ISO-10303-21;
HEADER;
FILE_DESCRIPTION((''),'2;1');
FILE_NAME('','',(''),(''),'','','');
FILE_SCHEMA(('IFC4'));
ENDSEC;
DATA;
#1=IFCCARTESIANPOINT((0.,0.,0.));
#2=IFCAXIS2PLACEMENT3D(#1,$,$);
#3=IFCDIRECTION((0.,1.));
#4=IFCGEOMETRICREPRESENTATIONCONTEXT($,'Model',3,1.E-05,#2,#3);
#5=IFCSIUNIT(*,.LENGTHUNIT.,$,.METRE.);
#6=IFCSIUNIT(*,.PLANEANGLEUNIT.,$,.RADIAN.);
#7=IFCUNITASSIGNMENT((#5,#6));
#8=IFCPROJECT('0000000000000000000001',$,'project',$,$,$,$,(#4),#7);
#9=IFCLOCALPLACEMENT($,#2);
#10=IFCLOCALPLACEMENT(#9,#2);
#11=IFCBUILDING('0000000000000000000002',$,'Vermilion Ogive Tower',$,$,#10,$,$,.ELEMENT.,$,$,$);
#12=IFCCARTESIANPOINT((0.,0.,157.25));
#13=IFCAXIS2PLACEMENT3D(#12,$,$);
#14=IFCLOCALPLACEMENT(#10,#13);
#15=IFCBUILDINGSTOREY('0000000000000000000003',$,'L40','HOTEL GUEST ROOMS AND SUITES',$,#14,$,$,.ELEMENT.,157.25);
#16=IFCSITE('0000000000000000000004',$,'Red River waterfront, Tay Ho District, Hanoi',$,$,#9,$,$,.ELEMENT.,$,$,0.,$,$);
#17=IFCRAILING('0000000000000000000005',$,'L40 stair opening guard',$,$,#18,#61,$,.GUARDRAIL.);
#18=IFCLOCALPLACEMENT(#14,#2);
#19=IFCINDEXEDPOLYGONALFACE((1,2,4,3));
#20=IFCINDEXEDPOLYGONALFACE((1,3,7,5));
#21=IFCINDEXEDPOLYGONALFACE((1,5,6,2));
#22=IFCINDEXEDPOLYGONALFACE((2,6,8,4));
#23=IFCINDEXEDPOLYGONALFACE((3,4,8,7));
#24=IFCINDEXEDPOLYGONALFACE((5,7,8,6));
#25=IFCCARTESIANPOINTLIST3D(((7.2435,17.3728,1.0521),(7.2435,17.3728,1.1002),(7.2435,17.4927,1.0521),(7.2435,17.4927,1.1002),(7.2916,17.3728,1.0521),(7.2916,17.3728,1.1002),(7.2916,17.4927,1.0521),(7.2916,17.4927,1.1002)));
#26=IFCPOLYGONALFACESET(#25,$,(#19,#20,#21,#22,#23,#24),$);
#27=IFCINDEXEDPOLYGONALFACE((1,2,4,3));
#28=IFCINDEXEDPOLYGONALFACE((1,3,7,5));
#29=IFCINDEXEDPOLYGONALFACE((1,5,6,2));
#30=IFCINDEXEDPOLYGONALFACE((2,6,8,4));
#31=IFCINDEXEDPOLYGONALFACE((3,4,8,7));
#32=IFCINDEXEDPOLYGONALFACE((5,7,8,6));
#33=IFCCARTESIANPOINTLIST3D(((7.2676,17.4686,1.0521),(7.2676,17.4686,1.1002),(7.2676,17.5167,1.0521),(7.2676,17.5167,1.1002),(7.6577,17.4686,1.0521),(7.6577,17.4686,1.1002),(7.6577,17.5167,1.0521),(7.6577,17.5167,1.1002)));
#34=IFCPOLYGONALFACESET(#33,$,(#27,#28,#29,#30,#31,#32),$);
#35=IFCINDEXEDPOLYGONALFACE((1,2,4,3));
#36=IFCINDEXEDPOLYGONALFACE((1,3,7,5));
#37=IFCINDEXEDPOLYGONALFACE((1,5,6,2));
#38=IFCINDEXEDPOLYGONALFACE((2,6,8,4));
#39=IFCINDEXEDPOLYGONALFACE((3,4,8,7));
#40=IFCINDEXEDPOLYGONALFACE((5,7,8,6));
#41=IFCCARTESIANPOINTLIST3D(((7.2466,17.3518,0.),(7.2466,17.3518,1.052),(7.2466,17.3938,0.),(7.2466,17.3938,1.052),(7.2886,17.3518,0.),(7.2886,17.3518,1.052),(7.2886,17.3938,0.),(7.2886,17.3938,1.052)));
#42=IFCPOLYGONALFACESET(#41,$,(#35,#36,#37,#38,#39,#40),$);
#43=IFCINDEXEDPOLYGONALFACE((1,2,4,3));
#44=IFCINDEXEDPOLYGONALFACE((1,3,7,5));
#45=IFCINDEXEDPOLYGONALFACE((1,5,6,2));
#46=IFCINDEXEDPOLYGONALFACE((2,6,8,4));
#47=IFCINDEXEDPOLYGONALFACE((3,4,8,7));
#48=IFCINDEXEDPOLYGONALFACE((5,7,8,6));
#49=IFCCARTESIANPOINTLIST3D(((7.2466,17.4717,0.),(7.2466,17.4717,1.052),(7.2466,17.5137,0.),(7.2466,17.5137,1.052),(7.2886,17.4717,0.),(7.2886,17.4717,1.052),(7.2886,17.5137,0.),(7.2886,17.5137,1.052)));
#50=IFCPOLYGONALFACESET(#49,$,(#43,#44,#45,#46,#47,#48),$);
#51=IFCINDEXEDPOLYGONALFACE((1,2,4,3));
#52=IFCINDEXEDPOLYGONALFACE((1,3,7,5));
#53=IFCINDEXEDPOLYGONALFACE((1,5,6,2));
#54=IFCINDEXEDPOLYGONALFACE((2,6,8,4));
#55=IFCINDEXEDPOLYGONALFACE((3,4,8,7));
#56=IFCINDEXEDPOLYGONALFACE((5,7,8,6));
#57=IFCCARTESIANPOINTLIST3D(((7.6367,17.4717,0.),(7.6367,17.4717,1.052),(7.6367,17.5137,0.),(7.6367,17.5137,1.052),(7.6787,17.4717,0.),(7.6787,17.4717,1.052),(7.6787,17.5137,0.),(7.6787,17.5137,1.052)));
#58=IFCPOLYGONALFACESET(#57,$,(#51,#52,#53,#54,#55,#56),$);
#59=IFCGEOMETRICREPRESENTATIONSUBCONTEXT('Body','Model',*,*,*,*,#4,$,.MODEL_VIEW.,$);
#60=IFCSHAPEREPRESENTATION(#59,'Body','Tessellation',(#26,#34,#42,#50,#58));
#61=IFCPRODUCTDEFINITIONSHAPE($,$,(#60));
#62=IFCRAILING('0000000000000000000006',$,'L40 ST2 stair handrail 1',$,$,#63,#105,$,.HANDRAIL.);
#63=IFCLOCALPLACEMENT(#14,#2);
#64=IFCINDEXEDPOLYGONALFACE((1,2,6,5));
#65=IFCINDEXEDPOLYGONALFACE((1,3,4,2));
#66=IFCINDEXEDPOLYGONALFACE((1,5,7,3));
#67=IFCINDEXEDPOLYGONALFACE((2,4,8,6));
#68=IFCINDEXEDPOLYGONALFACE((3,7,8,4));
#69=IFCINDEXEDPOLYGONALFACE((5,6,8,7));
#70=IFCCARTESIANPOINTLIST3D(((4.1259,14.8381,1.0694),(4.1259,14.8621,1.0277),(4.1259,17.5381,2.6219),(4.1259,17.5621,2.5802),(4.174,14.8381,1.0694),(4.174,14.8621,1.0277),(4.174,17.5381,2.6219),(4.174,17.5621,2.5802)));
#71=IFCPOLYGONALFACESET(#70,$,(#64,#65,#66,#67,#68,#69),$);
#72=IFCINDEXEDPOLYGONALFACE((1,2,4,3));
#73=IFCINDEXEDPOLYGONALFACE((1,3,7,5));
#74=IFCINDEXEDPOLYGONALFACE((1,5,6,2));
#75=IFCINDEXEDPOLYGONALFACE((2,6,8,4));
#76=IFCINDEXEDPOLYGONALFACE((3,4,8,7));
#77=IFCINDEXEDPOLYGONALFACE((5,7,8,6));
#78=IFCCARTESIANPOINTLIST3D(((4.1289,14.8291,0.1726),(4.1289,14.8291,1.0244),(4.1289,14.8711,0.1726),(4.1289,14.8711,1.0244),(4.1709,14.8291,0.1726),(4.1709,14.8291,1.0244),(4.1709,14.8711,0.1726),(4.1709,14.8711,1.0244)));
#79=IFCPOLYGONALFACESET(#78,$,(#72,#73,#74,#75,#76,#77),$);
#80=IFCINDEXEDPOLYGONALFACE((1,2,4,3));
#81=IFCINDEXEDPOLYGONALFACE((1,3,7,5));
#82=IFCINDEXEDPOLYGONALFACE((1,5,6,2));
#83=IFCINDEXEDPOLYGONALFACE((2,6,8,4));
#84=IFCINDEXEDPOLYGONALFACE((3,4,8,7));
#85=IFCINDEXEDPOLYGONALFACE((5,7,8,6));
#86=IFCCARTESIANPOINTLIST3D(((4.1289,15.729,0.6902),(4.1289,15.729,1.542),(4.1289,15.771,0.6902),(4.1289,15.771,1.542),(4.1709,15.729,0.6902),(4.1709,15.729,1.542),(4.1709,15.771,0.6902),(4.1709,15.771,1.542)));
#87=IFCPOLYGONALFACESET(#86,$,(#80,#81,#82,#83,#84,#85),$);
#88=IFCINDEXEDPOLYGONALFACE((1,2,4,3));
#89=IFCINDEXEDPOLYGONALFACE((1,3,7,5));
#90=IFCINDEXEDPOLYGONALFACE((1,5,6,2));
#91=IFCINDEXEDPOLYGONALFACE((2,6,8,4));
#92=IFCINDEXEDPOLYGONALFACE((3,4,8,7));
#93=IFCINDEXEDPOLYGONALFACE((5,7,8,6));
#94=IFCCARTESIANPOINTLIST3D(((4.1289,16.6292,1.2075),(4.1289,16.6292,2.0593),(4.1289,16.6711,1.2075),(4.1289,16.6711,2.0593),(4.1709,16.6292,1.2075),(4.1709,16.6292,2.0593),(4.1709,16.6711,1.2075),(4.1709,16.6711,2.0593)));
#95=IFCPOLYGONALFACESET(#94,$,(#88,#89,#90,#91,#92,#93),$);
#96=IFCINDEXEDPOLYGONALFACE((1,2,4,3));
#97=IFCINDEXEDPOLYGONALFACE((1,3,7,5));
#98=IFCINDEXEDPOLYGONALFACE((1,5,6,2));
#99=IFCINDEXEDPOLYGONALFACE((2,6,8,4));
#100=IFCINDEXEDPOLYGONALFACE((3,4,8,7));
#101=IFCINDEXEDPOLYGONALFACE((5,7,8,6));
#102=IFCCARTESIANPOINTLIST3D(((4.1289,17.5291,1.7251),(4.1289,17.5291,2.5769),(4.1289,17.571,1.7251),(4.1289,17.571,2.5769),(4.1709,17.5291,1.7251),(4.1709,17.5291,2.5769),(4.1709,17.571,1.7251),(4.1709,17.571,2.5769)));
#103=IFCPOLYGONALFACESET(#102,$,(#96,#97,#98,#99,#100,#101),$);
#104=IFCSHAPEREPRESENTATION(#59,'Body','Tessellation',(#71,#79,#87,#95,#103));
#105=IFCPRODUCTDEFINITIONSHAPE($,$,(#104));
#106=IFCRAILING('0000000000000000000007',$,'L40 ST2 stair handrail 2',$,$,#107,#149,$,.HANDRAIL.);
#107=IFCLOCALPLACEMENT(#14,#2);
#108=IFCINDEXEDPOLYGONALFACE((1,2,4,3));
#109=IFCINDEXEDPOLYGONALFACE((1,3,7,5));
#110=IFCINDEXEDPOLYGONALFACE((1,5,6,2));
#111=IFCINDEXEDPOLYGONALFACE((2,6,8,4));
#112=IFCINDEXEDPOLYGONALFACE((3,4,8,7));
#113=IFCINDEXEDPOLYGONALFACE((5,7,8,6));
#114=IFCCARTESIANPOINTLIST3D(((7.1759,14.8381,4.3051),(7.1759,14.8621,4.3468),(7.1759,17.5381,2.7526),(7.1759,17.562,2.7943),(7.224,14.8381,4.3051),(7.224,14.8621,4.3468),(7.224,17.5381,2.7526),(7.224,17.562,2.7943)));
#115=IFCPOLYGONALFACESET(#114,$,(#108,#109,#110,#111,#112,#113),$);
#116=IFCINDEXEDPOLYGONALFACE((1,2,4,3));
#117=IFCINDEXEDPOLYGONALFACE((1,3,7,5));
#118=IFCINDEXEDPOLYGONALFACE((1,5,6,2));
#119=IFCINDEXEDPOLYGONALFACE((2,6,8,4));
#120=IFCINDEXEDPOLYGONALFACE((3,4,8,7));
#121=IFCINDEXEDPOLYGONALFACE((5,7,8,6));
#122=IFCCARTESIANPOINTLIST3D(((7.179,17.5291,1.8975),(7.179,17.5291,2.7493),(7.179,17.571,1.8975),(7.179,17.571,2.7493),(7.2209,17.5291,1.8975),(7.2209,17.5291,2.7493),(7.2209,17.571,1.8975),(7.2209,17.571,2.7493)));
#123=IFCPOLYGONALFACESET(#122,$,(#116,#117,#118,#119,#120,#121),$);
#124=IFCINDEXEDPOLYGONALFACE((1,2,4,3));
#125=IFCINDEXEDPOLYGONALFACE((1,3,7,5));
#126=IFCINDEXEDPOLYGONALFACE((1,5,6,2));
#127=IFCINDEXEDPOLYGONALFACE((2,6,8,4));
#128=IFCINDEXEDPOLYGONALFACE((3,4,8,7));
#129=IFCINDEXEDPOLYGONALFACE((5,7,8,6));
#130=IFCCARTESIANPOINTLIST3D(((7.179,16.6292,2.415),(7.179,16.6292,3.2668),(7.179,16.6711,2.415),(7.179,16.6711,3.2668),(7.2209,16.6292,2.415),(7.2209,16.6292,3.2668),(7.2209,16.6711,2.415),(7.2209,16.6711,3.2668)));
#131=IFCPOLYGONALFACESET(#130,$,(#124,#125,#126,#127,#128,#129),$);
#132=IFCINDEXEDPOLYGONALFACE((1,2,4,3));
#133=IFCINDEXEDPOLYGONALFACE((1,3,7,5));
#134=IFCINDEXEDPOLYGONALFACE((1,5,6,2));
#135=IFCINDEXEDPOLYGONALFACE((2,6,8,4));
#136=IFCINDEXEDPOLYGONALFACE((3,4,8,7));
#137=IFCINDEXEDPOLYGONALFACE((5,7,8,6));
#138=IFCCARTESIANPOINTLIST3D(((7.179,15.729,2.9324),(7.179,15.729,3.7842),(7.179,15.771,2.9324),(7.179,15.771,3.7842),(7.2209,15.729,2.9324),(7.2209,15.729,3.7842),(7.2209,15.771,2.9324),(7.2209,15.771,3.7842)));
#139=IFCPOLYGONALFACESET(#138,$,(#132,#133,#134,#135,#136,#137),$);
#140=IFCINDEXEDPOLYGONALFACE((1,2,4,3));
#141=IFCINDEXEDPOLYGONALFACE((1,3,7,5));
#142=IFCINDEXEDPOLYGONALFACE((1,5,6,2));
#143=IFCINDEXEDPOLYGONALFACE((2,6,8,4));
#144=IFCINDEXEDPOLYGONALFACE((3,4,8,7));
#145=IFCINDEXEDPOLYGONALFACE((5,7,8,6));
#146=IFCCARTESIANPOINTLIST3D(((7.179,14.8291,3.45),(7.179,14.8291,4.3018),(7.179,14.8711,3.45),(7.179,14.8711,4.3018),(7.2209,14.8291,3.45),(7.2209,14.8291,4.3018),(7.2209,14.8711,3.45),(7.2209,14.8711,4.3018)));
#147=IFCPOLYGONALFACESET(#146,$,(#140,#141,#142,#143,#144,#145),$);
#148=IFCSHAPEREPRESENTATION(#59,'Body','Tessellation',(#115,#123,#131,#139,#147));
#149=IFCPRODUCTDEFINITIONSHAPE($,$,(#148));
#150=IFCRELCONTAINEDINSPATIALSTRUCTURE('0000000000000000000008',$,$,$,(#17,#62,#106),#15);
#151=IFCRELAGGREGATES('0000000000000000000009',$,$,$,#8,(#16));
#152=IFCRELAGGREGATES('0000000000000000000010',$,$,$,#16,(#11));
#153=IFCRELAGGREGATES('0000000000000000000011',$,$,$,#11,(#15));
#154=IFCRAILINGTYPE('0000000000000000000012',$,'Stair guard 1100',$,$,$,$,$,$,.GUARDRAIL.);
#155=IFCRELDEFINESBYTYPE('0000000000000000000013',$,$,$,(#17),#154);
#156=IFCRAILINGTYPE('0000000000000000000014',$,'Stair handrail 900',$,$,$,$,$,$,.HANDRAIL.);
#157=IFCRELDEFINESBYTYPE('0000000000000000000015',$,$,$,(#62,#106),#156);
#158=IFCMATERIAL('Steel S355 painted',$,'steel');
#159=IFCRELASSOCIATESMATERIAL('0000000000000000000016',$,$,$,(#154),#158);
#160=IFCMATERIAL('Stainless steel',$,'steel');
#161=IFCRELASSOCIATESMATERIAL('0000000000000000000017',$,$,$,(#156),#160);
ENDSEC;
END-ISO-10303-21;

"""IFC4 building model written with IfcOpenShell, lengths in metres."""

from ifc_helpers import new_model, si_unit, direction, frame, origin, origin_2d, place, context, subcontext, project, spatial, rectangle, extrude, material, type_object, element, save


model = new_model("IFC4")

# Units and contexts
model_context = context("Model", 3, precision=1e-05, world=origin(), true_north=direction((0.0, 1.0)))
body_context = subcontext(model_context, "Body", "Model", "MODEL_VIEW")
ifc_project = project(units=[si_unit("LENGTHUNIT", "METRE"), si_unit("PLANEANGLEUNIT", "RADIAN")], contexts=[model_context])

# Site, building, storey
site_placement = place(None, origin())
site = spatial("IfcSite", under=ifc_project, at=site_placement, Name="Red River waterfront, Tay Ho District, Hanoi", CompositionType="ELEMENT", RefElevation=0.0)
building_placement = place(site_placement, origin())
building = spatial("IfcBuilding", under=site, at=building_placement, Name="Vermilion Ogive Tower", CompositionType="ELEMENT")
storey_placement = place(building_placement, frame((0.0, 0.0, 157.25)))
storey = spatial("IfcBuildingStorey", under=building, at=storey_placement, Name="L40", Description="HOTEL GUEST ROOMS AND SUITES", CompositionType="ELEMENT", Elevation=157.25)

# Railings
ifc_material_1 = material(Name="Steel S355 painted", Category="steel")
railing_type_1 = type_object("IfcRailingType", Name="Stair guard 1100", PredefinedType="GUARDRAIL", material=ifc_material_1)
railing_1_placement = place(storey_placement, frame((7.2676, 17.3728, 0.0)))
element("IfcRailing", 1, at=railing_1_placement, inside=storey, type_object=railing_type_1, Name="L40 stair opening guard", PredefinedType="GUARDRAIL", context=body_context, shape_type="SweptSolid", body=[
    extrude(rectangle(XDim=0.0481, YDim=0.0481, at=origin_2d()), frame((0.0, 0.0, 1.0762), z_axis=(0.0, 1.0, 0.0), x_axis=(-1.0, 0.0, 0.0)), (0.0, 0.0, 1.0), 0.1199),
    extrude(rectangle(XDim=0.0481, YDim=0.0481, at=origin_2d()), frame((0.0, 0.1199, 1.0762), z_axis=(1.0, 0.0, 0.0), x_axis=(0.0, 1.0, 0.0)), (0.0, 0.0, 1.0), 0.3901),
    extrude(rectangle(XDim=0.042, YDim=0.042, at=origin_2d()), origin(), (0.0, 0.0, 1.0), 1.052),
    extrude(rectangle(XDim=0.042, YDim=0.042, at=origin_2d()), frame((0.0, 0.1199, 0.0)), (0.0, 0.0, 1.0), 1.052),
    extrude(rectangle(XDim=0.042, YDim=0.042, at=origin_2d()), frame((0.3901, 0.1199, 0.0)), (0.0, 0.0, 1.0), 1.052),
])
ifc_material_2 = material(Name="Stainless steel", Category="steel")
railing_type_2 = type_object("IfcRailingType", Name="Stair handrail 900", PredefinedType="HANDRAIL", material=ifc_material_2)
railing_2_placement = place(storey_placement, frame((4.1499, 14.8501, 0.1726)))
element("IfcRailing", 2, at=railing_2_placement, inside=storey, type_object=railing_type_2, Name="L40 ST2 stair handrail 1", PredefinedType="HANDRAIL", context=body_context, shape_type="SweptSolid", body=[
    extrude(rectangle(XDim=0.0481, YDim=0.0481, at=origin_2d()), frame((0.0, 0.0, 0.876), z_axis=(0.0, 0.866904, 0.498476), x_axis=(-1.0, 0.0, 0.0)), (0.0, 0.0, 1.0), 3.1145),
    extrude(rectangle(XDim=0.042, YDim=0.042, at=origin_2d()), origin(), (0.0, 0.0, 1.0), 0.8518),
    extrude(rectangle(XDim=0.042, YDim=0.042, at=origin_2d()), frame((0.0, 0.8999, 0.5176)), (0.0, 0.0, 1.0), 0.8518),
    extrude(rectangle(XDim=0.042, YDim=0.042, at=origin_2d()), frame((0.0, 1.8, 1.0349)), (0.0, 0.0, 1.0), 0.8518),
    extrude(rectangle(XDim=0.042, YDim=0.042, at=origin_2d()), frame((0.0, 2.7, 1.5525)), (0.0, 0.0, 1.0), 0.8518),
])
railing_3_placement = place(storey_placement, frame((7.2, 17.55, 1.8975)))
element("IfcRailing", 3, at=railing_3_placement, inside=storey, type_object=railing_type_2, Name="L40 ST2 stair handrail 2", PredefinedType="HANDRAIL", context=body_context, shape_type="SweptSolid", body=[
    extrude(rectangle(XDim=0.0481, YDim=0.0481, at=origin_2d()), frame((0.0, 0.0, 0.876), z_axis=(0.0, -0.866904, 0.498476), x_axis=(1.0, 0.0, 0.0)), (0.0, 0.0, 1.0), 3.1145),
    extrude(rectangle(XDim=0.042, YDim=0.042, at=origin_2d()), origin(), (0.0, 0.0, 1.0), 0.8518),
    extrude(rectangle(XDim=0.042, YDim=0.042, at=origin_2d()), frame((0.0, -0.8999, 0.5176)), (0.0, 0.0, 1.0), 0.8518),
    extrude(rectangle(XDim=0.042, YDim=0.042, at=origin_2d()), frame((0.0, -1.8, 1.0349)), (0.0, 0.0, 1.0), 0.8518),
    extrude(rectangle(XDim=0.042, YDim=0.042, at=origin_2d()), frame((0.0, -2.7, 1.5525)), (0.0, 0.0, 1.0), 0.8518),
])

save(model, "model.ifc")
